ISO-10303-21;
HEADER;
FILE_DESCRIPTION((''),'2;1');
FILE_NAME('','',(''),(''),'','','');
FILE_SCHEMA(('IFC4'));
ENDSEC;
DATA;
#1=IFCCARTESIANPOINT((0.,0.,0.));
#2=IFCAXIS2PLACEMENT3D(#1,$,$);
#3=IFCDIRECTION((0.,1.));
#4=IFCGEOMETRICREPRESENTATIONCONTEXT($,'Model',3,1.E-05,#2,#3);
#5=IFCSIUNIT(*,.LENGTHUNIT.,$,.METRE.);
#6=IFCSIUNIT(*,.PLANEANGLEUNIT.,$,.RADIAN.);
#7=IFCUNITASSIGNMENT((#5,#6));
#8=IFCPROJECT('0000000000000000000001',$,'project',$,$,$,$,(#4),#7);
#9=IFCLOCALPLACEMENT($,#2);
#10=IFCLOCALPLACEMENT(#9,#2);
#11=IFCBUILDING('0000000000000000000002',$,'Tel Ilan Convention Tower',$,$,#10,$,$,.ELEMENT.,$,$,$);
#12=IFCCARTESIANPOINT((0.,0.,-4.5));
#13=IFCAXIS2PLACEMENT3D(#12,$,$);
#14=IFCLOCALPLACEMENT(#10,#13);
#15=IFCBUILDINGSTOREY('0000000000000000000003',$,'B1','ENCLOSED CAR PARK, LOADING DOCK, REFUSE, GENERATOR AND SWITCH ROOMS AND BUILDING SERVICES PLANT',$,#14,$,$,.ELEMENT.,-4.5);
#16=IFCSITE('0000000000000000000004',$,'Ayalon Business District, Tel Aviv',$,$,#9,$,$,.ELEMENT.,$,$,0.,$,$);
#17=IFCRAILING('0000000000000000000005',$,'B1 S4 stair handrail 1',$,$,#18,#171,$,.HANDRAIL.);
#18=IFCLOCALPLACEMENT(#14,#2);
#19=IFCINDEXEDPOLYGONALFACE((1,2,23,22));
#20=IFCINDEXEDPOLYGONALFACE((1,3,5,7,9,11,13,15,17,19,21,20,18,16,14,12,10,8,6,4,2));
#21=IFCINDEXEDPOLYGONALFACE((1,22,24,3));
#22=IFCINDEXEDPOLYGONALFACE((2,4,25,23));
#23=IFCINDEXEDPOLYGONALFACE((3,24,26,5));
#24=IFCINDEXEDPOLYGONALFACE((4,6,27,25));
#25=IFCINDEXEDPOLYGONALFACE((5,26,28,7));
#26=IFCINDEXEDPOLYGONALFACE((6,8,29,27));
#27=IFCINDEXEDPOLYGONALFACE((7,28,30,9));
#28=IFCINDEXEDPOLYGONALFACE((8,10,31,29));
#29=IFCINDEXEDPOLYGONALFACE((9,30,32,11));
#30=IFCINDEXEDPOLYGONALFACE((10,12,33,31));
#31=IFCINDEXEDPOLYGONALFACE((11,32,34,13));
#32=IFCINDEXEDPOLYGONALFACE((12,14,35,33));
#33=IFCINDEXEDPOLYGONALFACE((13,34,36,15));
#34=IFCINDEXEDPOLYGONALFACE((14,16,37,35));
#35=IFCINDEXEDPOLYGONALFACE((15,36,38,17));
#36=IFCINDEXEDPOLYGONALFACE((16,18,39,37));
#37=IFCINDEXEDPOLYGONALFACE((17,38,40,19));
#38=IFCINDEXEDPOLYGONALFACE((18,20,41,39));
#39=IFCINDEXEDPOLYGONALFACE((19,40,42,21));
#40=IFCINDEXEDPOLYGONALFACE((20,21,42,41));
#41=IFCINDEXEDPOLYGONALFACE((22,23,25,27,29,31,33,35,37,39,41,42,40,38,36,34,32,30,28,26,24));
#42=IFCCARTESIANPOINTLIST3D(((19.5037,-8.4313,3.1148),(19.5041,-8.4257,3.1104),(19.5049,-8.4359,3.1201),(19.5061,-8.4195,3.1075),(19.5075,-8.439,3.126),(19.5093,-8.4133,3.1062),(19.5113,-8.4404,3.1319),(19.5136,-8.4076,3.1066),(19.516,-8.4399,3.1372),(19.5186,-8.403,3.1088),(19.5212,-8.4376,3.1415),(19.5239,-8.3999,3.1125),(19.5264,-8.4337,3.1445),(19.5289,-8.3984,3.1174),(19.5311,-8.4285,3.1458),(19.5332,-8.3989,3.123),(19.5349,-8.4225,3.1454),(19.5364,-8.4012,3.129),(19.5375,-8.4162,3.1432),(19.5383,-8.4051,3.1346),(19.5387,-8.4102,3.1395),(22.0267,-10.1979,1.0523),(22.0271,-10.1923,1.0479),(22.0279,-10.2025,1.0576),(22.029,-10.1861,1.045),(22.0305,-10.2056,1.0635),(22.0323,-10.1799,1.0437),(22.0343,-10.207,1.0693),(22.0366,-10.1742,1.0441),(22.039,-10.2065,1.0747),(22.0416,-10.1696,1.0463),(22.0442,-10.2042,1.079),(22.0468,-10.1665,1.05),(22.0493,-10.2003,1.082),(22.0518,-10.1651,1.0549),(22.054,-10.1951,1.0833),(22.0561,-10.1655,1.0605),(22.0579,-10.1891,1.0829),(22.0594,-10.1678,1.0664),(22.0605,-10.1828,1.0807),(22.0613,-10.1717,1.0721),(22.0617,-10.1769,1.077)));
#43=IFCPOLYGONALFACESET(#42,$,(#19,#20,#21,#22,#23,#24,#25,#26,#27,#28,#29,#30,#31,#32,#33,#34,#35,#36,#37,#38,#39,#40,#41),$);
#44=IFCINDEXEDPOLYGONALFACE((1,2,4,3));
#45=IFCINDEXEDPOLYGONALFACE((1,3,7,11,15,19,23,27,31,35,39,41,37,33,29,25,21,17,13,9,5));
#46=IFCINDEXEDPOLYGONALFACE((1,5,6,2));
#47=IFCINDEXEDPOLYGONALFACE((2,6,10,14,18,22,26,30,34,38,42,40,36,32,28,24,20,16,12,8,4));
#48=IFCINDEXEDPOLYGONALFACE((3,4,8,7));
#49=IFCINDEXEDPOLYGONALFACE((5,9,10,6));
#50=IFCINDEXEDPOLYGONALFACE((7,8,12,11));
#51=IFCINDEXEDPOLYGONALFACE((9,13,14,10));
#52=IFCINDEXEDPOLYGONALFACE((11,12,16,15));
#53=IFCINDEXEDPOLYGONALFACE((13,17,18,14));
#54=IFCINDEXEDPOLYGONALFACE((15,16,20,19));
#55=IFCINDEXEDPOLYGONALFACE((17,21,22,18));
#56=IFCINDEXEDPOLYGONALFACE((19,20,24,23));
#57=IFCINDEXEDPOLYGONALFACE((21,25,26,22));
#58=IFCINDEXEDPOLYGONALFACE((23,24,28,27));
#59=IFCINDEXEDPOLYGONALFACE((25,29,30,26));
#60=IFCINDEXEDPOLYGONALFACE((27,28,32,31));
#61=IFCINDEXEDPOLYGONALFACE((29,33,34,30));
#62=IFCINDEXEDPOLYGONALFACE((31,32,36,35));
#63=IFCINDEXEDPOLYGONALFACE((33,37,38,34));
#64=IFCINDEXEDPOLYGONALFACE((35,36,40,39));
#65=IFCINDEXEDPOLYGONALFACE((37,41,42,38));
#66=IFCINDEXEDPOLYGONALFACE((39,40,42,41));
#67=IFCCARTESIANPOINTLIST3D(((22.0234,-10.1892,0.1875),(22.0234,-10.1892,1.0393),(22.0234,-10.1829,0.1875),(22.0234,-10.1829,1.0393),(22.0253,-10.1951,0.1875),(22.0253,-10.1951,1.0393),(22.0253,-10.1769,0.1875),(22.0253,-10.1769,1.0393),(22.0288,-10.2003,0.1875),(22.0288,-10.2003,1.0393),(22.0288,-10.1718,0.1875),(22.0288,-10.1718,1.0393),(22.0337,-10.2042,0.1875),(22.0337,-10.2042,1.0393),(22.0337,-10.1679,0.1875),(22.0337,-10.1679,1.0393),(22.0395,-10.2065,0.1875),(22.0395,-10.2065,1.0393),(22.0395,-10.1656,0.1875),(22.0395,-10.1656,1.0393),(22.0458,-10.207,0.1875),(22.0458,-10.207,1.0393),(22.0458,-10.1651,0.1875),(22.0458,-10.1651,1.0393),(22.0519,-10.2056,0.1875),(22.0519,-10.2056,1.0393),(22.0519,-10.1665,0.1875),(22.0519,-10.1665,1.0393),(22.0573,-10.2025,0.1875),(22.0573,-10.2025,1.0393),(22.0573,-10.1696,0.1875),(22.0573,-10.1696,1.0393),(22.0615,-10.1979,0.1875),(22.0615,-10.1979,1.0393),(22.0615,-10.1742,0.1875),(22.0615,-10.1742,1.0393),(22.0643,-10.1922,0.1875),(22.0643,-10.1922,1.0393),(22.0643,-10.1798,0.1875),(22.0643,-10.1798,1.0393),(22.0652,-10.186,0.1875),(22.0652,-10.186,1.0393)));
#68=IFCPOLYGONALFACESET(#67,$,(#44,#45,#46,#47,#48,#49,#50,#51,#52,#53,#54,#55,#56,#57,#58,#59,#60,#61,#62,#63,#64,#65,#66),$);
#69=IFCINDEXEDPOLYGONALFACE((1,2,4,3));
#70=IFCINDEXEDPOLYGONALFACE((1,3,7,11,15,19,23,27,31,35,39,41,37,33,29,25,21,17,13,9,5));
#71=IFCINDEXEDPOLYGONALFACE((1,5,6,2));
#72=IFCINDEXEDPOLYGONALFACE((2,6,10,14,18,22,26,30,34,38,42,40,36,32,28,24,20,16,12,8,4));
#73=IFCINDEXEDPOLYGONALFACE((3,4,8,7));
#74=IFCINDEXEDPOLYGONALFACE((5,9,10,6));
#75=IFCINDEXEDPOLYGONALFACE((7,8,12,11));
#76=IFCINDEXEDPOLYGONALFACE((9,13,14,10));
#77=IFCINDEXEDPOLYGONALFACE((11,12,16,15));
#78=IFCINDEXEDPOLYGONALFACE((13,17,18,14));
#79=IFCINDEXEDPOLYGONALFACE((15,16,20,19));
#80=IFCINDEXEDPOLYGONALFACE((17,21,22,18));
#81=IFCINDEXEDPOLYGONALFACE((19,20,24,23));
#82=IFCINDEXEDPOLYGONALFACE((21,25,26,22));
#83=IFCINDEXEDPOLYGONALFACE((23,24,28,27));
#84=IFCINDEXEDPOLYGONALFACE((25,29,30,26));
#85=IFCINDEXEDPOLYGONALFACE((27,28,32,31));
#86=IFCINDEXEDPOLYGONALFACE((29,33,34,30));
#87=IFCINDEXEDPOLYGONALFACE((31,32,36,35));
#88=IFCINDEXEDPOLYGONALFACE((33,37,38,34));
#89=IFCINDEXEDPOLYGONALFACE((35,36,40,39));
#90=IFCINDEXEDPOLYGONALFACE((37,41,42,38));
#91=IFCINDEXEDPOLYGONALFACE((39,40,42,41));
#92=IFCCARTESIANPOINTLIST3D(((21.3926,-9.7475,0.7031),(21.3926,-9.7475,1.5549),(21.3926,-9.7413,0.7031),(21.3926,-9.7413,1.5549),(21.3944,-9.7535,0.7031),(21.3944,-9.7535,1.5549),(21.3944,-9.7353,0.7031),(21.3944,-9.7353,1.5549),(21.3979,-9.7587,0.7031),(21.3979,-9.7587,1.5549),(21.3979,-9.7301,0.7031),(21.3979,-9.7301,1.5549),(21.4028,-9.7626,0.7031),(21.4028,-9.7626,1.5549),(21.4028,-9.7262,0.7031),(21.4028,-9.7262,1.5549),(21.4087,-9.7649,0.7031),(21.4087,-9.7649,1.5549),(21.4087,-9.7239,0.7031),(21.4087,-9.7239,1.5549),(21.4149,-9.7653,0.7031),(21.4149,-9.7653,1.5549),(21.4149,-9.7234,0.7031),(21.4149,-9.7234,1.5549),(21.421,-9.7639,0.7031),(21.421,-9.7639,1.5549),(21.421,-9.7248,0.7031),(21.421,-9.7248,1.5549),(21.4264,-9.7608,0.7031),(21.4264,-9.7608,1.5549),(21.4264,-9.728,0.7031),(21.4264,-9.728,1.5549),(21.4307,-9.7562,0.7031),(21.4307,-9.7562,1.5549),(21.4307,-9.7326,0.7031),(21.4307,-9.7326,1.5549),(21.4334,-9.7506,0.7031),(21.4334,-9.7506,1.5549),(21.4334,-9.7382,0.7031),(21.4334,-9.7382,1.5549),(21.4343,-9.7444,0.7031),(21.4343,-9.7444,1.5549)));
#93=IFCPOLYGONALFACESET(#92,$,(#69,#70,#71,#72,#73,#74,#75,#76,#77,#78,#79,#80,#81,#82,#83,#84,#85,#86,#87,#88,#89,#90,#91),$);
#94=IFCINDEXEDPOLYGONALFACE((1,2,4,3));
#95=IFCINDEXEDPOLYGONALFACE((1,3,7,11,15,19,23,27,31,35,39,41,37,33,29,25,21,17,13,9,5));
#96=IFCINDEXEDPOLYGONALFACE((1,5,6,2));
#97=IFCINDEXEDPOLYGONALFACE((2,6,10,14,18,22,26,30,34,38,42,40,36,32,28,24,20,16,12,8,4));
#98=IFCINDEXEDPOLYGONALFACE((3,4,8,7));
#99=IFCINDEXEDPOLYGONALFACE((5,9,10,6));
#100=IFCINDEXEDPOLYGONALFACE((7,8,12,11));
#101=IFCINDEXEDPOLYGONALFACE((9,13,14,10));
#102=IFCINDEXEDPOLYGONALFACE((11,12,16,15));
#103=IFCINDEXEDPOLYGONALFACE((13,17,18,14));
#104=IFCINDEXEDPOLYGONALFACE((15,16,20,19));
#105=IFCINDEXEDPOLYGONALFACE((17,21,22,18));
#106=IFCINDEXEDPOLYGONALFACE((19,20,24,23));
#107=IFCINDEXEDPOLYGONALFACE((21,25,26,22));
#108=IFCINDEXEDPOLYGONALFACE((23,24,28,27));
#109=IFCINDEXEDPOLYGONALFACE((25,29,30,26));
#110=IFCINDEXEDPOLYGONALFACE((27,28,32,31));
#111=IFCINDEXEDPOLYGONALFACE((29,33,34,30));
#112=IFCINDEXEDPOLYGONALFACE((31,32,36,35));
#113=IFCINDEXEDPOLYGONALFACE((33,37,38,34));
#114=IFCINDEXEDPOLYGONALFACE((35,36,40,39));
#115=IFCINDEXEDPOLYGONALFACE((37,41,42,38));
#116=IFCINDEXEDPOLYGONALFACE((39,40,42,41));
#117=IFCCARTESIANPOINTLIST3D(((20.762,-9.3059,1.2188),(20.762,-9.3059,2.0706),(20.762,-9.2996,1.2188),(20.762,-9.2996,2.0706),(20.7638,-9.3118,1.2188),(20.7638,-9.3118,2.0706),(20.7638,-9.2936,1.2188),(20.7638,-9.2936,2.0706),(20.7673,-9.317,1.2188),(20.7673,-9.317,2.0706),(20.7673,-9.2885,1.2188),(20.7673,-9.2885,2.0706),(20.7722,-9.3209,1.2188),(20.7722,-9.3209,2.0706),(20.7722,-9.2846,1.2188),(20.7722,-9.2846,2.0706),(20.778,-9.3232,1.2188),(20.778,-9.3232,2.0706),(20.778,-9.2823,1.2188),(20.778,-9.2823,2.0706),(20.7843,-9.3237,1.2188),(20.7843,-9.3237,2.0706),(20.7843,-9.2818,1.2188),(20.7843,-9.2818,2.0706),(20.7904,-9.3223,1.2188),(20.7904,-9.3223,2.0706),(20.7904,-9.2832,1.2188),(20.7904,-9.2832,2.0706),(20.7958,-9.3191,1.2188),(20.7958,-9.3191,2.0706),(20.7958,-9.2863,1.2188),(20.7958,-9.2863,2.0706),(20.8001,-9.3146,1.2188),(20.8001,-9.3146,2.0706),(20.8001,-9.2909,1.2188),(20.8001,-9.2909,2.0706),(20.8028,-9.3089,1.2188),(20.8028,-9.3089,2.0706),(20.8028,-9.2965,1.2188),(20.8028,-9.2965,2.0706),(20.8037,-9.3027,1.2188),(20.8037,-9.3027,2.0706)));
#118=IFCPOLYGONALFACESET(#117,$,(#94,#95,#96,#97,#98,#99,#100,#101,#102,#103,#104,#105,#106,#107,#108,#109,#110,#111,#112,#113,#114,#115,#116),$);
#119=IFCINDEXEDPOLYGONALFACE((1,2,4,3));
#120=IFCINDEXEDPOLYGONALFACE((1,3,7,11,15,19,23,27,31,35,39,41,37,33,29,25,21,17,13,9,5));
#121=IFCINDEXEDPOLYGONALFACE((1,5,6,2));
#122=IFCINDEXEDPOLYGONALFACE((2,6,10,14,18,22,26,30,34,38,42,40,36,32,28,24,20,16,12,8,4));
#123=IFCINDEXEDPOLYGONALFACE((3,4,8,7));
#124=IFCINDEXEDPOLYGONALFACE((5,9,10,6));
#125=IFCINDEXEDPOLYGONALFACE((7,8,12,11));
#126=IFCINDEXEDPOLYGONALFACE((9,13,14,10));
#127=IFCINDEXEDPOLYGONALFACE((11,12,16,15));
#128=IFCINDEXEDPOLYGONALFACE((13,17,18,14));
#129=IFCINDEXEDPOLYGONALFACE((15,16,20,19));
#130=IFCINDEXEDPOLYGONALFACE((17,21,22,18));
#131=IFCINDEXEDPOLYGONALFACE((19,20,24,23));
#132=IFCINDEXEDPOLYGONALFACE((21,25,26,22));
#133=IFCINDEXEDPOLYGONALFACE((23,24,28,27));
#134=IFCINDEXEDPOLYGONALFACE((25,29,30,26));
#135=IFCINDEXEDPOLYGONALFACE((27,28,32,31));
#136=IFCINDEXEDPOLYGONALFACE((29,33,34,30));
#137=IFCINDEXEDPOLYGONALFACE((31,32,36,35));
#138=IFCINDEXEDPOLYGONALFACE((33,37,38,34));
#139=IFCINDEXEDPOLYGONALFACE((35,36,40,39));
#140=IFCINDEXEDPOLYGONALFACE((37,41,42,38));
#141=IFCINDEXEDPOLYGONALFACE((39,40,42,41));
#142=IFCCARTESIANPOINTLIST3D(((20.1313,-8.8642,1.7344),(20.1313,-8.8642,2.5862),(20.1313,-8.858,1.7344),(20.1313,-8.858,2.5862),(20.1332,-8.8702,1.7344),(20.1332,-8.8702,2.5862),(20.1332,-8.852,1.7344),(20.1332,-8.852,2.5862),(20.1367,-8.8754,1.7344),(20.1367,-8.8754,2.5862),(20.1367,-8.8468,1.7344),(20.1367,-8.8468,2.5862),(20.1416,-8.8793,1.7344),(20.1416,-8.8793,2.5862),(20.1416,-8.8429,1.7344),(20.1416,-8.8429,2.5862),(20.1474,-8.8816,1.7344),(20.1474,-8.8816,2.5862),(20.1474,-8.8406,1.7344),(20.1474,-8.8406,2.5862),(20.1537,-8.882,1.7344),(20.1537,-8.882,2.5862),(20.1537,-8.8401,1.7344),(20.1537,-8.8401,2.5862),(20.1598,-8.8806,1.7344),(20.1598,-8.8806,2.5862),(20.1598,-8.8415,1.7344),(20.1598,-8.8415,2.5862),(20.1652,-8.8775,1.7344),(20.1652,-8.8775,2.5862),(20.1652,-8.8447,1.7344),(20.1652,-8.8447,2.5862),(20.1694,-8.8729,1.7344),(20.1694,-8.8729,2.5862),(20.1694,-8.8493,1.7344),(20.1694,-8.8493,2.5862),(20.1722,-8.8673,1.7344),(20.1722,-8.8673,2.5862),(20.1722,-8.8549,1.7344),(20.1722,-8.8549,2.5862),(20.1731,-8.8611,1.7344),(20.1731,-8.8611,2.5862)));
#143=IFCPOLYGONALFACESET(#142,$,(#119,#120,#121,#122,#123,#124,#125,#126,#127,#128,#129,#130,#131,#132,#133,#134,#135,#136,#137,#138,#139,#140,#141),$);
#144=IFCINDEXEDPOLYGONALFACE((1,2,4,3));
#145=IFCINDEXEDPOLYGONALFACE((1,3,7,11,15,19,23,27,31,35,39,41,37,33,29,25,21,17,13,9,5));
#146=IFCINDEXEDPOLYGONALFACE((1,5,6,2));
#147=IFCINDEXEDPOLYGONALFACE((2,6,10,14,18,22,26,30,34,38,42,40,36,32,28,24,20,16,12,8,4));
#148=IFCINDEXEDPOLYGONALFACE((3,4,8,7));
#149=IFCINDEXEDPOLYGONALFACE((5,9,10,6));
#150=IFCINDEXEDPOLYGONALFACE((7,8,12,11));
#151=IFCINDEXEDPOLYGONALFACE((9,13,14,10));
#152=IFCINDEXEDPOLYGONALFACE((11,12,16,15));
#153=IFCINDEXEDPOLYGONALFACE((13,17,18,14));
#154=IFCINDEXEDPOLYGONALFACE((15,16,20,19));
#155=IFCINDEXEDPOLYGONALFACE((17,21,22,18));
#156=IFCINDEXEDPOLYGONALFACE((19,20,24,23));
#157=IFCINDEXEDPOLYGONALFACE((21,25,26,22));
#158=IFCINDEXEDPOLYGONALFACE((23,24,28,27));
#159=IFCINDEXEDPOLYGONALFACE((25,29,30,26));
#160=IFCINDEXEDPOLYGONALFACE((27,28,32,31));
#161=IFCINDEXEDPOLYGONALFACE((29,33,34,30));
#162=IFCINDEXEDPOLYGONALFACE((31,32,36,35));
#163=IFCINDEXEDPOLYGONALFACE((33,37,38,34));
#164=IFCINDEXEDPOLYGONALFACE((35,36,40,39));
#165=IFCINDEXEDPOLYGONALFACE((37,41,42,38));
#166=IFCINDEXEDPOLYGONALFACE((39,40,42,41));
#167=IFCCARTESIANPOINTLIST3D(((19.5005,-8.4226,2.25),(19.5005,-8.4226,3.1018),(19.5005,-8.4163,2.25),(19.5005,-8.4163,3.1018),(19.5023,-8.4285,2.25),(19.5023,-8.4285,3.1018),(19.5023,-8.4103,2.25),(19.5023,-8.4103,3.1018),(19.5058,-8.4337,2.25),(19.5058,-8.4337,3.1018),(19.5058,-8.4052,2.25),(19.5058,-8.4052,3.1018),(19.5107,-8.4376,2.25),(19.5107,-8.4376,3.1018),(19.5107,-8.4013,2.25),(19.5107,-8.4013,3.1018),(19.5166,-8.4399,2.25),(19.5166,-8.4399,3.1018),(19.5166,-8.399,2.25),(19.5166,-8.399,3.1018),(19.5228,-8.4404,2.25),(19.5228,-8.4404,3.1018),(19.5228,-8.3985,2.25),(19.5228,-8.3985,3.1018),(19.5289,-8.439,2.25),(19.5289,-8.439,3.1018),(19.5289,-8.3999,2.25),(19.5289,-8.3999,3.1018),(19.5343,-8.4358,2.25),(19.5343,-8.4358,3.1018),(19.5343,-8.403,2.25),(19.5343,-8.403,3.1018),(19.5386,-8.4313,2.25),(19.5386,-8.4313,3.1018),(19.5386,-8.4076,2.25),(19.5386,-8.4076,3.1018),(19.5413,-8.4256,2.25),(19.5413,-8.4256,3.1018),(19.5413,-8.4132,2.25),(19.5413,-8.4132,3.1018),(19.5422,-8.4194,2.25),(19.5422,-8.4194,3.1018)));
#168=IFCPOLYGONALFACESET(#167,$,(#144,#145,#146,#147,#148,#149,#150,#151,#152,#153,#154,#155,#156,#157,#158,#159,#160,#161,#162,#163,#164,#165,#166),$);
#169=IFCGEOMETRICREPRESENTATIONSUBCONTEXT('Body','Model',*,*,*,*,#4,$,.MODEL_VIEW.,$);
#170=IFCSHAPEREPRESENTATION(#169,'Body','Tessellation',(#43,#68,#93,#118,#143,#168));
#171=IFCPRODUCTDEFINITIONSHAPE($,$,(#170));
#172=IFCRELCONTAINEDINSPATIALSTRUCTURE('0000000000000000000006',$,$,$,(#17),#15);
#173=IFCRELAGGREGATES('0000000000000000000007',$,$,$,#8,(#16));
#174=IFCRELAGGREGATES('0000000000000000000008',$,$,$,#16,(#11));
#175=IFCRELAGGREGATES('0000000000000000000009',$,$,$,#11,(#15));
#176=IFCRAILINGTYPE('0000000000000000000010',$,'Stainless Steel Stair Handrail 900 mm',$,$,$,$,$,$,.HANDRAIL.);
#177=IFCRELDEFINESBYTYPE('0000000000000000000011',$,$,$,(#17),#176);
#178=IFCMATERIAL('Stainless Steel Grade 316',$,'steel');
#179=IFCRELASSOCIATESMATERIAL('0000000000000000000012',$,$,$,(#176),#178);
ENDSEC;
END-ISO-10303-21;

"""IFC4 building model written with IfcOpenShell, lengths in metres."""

from ifc_helpers import new_model, si_unit, direction, frame, origin, origin_2d, place, context, subcontext, project, spatial, circle, extrude, material, type_object, element, save


model = new_model("IFC4")

# Units and contexts
model_context = context("Model", 3, precision=1e-05, world=origin(), true_north=direction((0.0, 1.0)))
body_context = subcontext(model_context, "Body", "Model", "MODEL_VIEW")
ifc_project = project(units=[si_unit("LENGTHUNIT", "METRE"), si_unit("PLANEANGLEUNIT", "RADIAN")], contexts=[model_context])

# Site, building, storey
site_placement = place(None, origin())
site = spatial("IfcSite", under=ifc_project, at=site_placement, Name="Ayalon Business District, Tel Aviv", CompositionType="ELEMENT", RefElevation=0.0)
building_placement = place(site_placement, origin())
building = spatial("IfcBuilding", under=site, at=building_placement, Name="Tel Ilan Convention Tower", CompositionType="ELEMENT")
storey_placement = place(building_placement, frame((0.0, 0.0, -4.5)))
storey = spatial("IfcBuildingStorey", under=building, at=storey_placement, Name="B1", Description="ENCLOSED CAR PARK, LOADING DOCK, REFUSE, GENERATOR AND SWITCH ROOMS AND BUILDING SERVICES PLANT", CompositionType="ELEMENT", Elevation=-4.5)

# Railing
ifc_material_1 = material(Name="Stainless Steel Grade 316", Category="steel")
railing_type_1 = type_object("IfcRailingType", Name="Stainless Steel Stair Handrail 900 mm", PredefinedType="HANDRAIL", material=ifc_material_1)
railing_1_placement = place(storey_placement, frame((22.0442, -10.186, 0.1875)))
element("IfcRailing", 1, at=railing_1_placement, inside=storey, type_object=railing_type_1, Name="B1 S4 stair handrail 1", PredefinedType="HANDRAIL", context=body_context, shape_type="SweptSolid", body=[
    extrude(circle(Radius=0.0239, at=origin_2d()), frame((0.0, 0.0, 0.876), z_axis=(-0.680635, 0.476589, 0.556416), x_axis=(-0.573579, -0.81915, 0.0)), (0.0, 0.0, 1.0), 3.7068),
    extrude(circle(Radius=0.021, at=origin_2d()), origin(), (0.0, 0.0, 1.0), 0.8518),
    extrude(circle(Radius=0.021, at=origin_2d()), frame((-0.6309, 0.4417, 0.5156)), (0.0, 0.0, 1.0), 0.8518),
    extrude(circle(Radius=0.021, at=origin_2d()), frame((-1.2615, 0.8833, 1.0312)), (0.0, 0.0, 1.0), 0.8518),
    extrude(circle(Radius=0.021, at=origin_2d()), frame((-1.8921, 1.325, 1.5469)), (0.0, 0.0, 1.0), 0.8518),
    extrude(circle(Radius=0.021, at=origin_2d()), frame((-2.5229, 1.7666, 2.0625)), (0.0, 0.0, 1.0), 0.8518),
])

save(model, "model.ifc")
